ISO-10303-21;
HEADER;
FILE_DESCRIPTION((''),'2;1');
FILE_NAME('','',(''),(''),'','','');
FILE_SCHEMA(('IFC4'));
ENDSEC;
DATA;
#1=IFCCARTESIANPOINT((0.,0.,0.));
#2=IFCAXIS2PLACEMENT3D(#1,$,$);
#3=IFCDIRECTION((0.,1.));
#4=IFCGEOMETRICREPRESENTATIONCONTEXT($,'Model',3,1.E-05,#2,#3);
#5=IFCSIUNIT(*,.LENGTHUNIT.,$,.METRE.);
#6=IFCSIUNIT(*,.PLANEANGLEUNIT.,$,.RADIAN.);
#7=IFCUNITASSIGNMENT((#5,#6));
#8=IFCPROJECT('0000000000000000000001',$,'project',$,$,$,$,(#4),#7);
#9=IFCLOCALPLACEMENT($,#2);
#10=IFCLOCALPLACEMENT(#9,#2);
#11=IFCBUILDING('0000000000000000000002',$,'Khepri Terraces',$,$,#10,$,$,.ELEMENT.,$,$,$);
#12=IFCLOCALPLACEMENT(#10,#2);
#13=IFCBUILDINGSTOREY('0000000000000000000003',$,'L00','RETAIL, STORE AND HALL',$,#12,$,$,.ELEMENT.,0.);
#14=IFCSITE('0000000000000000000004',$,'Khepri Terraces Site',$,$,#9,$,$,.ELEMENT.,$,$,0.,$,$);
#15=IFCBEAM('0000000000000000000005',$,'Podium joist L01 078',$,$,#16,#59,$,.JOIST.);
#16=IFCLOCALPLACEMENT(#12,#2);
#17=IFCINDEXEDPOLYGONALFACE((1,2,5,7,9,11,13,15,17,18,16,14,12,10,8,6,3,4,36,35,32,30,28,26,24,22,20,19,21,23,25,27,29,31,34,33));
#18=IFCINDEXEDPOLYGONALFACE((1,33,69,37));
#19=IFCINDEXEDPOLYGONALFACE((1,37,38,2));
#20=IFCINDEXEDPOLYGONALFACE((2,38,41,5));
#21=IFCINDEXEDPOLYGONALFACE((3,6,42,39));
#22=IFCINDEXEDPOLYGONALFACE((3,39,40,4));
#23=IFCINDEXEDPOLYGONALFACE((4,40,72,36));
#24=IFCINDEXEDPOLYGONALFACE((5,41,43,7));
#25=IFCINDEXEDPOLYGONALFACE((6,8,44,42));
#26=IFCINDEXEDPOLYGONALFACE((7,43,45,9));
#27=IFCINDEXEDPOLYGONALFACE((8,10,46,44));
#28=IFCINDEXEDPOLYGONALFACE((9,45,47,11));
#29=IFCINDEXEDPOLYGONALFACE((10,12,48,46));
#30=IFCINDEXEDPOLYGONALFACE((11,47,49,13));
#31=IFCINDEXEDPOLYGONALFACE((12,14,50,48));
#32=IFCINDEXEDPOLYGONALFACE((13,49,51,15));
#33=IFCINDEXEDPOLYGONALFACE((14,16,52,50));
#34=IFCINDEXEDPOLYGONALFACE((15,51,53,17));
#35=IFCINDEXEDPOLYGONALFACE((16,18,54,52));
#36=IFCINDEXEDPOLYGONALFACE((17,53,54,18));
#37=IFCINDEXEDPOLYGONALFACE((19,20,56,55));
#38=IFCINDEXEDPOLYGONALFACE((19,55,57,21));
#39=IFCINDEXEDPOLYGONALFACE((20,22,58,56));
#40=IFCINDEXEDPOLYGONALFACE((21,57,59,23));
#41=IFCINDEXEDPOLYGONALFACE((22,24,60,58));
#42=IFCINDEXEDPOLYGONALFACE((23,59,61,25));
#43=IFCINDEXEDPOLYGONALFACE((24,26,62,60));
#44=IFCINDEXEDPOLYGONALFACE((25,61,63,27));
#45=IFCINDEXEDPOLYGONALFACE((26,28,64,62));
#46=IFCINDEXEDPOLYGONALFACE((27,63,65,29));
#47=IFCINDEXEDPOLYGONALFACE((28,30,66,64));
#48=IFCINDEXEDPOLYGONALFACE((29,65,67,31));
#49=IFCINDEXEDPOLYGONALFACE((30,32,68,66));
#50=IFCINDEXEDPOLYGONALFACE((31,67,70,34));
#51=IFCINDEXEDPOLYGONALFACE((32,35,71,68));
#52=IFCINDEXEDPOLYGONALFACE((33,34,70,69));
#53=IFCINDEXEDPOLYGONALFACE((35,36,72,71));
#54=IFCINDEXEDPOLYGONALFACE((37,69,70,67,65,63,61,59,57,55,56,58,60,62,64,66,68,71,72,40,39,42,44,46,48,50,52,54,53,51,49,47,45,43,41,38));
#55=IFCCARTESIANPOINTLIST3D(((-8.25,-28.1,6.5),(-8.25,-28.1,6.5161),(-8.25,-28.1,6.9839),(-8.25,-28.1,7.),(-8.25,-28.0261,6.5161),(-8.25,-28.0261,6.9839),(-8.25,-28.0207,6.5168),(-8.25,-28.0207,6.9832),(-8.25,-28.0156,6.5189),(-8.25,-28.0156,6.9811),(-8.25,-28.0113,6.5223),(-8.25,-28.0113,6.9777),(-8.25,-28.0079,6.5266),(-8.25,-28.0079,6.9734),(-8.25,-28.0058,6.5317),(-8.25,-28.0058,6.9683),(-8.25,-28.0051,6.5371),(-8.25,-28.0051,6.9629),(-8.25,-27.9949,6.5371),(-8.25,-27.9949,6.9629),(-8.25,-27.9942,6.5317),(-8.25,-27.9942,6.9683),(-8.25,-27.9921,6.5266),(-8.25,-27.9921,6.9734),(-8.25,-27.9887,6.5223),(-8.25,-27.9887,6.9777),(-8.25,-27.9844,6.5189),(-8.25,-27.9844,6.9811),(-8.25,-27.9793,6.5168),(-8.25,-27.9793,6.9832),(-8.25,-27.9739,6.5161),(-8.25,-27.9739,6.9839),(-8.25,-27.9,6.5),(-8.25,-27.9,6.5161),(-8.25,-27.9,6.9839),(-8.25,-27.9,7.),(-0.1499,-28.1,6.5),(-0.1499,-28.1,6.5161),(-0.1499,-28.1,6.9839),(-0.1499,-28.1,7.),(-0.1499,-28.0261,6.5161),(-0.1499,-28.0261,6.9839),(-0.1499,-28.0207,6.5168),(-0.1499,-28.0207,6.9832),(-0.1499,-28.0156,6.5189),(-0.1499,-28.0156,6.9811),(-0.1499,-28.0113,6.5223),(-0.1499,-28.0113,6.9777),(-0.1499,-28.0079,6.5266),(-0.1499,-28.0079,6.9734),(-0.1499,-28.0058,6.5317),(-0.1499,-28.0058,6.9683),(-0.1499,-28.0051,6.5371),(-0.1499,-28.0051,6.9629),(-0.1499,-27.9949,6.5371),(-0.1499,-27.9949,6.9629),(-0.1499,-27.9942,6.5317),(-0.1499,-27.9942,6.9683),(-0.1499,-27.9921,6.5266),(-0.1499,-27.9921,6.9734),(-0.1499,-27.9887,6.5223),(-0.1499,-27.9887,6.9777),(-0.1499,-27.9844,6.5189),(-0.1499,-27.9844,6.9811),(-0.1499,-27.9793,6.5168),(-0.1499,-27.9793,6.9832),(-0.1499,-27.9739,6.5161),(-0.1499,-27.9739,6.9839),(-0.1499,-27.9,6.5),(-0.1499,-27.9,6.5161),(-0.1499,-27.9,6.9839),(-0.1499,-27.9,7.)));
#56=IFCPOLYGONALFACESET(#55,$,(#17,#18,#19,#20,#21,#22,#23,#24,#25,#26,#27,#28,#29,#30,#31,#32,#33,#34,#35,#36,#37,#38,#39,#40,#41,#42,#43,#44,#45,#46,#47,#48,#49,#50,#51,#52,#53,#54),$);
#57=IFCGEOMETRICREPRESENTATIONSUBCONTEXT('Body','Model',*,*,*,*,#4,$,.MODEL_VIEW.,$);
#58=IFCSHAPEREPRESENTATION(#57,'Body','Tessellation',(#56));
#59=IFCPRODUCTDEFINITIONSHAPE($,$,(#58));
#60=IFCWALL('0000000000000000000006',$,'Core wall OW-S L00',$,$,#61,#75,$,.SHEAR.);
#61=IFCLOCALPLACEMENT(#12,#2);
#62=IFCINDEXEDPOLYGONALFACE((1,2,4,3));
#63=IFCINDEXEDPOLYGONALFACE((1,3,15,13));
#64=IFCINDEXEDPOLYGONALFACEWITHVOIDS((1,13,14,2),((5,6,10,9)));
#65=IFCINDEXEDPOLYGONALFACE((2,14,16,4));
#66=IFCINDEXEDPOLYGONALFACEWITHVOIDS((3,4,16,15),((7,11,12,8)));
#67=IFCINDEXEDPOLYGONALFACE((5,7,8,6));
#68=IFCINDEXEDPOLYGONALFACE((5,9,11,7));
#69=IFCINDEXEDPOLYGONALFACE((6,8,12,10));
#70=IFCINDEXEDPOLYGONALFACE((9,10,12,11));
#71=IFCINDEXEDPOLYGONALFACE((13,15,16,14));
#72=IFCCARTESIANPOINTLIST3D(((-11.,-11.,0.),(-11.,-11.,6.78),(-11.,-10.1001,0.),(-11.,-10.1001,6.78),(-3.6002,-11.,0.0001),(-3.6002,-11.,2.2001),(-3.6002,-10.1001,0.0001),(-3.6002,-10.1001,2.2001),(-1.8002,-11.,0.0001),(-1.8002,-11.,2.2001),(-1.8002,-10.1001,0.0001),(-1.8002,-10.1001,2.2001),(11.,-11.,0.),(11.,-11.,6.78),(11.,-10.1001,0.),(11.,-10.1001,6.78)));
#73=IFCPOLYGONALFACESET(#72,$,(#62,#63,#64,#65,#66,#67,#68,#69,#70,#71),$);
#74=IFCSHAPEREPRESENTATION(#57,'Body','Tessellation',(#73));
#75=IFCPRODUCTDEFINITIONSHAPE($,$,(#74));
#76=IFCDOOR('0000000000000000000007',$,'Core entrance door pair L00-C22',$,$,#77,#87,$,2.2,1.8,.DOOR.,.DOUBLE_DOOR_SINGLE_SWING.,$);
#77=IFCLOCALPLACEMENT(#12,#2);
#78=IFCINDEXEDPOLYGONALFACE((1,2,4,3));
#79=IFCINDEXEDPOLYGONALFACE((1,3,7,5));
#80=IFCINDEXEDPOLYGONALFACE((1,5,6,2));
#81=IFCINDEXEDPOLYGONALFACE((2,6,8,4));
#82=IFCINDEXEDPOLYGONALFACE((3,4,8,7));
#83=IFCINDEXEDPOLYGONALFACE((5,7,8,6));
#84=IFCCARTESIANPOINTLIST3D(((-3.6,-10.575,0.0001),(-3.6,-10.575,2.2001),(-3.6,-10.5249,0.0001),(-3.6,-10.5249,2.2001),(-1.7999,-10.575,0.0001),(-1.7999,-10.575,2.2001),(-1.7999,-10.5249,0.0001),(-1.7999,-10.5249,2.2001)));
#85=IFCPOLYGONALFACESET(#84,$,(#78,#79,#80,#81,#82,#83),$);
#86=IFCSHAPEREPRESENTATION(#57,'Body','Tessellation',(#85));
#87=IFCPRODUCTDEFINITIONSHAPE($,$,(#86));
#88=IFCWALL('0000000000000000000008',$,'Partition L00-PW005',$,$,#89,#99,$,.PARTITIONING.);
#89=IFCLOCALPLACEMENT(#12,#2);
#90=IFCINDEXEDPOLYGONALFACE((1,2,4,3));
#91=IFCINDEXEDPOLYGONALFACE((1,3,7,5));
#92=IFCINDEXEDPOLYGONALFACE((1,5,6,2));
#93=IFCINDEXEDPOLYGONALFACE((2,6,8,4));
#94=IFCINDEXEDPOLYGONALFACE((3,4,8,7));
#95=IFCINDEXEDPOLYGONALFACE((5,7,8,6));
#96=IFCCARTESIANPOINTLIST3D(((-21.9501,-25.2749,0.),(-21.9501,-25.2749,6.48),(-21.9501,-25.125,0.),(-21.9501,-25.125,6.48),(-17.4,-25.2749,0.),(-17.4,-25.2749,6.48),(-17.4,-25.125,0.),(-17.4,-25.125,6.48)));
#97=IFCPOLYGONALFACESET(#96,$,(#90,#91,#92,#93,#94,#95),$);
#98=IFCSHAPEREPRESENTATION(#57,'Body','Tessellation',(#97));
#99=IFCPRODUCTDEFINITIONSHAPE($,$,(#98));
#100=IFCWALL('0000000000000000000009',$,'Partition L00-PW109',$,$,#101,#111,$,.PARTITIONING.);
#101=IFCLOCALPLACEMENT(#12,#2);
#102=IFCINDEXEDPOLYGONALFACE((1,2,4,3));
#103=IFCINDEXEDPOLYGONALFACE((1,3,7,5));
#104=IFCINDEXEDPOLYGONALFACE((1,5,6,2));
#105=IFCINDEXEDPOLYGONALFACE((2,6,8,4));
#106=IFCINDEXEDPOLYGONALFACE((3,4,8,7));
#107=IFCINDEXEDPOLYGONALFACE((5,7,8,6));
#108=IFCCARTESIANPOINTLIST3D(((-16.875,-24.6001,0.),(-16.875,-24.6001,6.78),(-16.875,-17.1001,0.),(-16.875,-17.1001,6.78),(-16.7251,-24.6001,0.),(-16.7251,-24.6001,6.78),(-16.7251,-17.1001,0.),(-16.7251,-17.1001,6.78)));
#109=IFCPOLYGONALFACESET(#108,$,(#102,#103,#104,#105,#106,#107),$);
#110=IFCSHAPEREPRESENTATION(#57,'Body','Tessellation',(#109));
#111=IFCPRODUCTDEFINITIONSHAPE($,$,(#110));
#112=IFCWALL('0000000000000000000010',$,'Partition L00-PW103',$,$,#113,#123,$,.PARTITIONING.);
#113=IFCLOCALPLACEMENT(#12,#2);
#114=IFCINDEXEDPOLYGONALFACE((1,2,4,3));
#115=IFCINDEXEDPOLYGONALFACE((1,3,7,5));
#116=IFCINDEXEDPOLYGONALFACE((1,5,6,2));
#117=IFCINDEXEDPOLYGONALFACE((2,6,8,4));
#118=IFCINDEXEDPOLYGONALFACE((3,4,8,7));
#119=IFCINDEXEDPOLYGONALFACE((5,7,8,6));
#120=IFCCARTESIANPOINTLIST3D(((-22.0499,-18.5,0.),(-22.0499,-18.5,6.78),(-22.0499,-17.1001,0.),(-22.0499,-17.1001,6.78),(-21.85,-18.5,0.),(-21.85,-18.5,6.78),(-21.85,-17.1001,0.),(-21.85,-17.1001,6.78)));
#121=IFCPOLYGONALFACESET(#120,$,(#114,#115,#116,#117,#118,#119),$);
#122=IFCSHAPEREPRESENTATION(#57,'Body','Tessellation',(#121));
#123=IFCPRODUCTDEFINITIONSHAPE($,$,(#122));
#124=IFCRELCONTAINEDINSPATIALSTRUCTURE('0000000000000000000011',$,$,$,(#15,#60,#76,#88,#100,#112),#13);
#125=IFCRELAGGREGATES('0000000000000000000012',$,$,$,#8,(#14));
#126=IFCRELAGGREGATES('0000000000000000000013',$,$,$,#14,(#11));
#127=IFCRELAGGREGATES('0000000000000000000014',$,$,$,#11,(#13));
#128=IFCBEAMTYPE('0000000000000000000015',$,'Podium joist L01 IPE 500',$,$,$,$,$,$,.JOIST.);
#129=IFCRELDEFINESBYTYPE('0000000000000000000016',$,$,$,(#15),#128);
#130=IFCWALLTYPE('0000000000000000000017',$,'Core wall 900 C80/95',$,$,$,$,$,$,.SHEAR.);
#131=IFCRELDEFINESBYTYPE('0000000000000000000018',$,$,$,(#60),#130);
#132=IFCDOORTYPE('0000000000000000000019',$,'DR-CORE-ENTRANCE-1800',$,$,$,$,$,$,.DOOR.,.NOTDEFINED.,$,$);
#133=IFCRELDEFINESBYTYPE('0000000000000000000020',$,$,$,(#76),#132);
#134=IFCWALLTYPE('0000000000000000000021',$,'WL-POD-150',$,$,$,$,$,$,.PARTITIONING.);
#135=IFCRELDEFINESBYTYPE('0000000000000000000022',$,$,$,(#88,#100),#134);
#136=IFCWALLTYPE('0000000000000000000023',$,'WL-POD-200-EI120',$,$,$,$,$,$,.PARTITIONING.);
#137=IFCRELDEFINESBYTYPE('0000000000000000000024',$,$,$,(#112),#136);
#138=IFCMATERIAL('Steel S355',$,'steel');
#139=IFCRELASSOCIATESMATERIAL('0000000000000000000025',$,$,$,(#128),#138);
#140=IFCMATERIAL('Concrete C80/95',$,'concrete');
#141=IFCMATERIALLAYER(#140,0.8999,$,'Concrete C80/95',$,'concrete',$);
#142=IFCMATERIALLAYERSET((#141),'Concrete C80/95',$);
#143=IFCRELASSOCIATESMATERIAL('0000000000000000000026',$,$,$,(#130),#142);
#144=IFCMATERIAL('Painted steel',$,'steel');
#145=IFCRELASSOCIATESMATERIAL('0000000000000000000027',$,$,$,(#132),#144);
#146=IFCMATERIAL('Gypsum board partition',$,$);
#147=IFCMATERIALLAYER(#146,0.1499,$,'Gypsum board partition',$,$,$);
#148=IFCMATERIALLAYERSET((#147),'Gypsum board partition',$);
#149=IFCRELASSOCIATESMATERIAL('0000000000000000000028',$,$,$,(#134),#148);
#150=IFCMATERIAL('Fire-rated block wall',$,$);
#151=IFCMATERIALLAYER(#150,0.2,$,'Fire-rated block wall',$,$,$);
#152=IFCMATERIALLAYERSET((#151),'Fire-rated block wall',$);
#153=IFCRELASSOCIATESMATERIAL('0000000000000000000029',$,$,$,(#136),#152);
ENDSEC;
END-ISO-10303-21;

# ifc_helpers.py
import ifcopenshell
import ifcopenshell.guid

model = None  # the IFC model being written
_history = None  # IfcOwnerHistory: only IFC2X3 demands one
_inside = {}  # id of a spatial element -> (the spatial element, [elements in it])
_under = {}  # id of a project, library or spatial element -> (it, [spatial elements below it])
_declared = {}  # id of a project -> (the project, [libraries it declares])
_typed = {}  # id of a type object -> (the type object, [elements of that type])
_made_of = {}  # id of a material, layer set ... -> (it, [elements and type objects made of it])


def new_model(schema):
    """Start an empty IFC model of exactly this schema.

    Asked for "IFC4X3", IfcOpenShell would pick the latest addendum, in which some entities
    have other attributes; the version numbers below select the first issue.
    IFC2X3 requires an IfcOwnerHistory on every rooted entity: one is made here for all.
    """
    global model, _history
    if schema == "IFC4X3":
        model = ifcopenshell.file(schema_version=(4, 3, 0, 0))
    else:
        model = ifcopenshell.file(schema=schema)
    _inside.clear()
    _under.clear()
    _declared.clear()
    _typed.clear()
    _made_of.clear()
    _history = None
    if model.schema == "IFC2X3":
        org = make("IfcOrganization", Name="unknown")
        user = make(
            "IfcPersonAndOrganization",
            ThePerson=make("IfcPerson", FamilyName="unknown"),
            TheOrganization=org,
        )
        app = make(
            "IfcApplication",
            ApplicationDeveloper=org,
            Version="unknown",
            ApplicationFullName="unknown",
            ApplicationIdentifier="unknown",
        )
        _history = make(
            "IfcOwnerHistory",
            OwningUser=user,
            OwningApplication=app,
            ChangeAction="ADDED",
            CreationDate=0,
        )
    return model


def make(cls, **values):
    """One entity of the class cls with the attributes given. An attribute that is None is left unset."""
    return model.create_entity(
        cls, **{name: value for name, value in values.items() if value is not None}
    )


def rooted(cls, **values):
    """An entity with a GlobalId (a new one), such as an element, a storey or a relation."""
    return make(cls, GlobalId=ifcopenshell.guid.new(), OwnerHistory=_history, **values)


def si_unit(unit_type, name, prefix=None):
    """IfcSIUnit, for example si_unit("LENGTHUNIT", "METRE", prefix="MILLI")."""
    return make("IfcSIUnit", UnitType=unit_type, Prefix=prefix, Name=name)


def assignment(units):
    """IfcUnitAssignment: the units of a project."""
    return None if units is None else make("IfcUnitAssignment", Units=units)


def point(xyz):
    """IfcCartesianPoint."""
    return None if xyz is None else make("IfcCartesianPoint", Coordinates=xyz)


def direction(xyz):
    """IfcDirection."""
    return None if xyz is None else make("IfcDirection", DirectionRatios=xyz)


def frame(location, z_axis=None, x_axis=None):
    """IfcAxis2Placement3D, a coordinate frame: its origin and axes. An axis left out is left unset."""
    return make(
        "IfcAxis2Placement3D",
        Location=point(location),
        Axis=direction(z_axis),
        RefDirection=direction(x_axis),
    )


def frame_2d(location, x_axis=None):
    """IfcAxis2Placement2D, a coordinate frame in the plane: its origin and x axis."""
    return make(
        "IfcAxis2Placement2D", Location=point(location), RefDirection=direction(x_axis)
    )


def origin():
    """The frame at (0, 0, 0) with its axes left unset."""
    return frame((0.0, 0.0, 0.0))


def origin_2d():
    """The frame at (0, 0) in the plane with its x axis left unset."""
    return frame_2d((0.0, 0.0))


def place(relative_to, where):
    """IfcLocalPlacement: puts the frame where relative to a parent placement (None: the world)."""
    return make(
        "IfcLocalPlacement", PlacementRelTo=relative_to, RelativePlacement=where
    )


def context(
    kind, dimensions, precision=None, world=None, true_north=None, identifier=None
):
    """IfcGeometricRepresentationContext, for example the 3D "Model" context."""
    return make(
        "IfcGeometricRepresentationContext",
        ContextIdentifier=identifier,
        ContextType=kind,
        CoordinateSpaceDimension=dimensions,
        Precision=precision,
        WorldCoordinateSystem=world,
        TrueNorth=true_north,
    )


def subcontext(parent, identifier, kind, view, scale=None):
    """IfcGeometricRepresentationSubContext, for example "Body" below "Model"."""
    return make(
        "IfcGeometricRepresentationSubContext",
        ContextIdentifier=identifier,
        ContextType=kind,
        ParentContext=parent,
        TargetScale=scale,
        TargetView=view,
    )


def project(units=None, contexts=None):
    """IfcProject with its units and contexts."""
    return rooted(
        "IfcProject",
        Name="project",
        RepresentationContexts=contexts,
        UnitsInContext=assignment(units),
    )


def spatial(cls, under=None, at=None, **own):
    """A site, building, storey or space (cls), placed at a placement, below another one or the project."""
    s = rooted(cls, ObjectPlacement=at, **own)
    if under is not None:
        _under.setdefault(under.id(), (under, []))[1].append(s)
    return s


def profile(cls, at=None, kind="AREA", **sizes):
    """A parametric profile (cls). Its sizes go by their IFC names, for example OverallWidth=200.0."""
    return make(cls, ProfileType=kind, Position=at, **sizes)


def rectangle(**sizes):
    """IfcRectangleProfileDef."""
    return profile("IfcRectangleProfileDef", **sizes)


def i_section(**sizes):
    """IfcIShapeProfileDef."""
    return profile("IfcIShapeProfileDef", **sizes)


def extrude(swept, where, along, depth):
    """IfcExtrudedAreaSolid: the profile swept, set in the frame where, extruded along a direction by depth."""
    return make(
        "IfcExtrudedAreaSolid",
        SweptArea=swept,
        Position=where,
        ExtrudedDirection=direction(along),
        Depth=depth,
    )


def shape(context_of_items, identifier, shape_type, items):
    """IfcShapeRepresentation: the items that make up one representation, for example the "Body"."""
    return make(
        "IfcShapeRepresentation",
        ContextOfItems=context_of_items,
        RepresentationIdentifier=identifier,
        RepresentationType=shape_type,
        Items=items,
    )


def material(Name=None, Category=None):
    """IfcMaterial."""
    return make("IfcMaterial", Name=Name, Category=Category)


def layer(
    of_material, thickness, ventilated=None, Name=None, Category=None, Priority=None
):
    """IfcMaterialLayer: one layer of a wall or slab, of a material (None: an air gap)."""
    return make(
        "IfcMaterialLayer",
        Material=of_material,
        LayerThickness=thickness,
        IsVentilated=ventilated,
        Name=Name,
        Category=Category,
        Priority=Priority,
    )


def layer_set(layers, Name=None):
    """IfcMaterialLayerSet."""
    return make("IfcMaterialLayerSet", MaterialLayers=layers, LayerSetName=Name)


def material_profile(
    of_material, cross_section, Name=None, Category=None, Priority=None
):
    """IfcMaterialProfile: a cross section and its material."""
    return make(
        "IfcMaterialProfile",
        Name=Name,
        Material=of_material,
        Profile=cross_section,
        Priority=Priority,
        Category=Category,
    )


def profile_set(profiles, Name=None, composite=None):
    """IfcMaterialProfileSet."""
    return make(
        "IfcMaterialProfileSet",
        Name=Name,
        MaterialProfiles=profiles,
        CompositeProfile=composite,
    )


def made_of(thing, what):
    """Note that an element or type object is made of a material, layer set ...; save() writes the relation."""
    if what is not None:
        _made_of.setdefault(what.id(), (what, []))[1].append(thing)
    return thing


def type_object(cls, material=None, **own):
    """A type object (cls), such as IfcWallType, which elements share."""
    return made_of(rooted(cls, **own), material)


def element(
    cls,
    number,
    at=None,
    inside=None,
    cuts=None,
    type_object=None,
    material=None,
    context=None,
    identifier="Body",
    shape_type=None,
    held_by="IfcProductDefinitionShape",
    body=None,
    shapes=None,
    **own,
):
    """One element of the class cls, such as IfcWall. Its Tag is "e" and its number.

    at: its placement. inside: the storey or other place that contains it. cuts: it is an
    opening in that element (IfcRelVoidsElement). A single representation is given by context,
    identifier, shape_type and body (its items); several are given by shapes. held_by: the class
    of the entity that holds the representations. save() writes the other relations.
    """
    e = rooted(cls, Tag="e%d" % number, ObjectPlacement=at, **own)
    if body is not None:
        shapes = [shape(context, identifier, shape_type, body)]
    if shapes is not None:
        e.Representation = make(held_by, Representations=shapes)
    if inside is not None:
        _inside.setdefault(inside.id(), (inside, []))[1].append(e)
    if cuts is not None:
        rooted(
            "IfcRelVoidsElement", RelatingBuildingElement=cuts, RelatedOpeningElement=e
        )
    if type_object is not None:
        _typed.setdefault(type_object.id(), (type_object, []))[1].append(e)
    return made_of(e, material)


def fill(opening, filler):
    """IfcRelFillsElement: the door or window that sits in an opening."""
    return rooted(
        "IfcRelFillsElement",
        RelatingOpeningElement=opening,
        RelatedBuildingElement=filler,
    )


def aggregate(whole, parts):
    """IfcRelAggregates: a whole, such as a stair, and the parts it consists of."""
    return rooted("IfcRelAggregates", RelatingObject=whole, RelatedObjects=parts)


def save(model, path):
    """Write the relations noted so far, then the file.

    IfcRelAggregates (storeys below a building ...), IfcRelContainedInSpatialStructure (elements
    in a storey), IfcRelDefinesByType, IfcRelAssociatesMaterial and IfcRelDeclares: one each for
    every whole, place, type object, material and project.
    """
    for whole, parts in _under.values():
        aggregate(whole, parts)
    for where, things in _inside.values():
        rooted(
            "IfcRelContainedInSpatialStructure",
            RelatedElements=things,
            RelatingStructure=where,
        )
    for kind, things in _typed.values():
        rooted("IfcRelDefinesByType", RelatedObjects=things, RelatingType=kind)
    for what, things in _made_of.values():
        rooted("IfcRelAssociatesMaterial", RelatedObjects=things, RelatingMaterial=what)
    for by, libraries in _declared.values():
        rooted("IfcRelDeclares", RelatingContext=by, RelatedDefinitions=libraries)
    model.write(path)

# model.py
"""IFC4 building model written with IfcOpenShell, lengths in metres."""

from ifc_helpers import new_model, si_unit, direction, frame, frame_2d, origin, origin_2d, place, context, subcontext, project, spatial, rectangle, i_section, extrude, material, layer, layer_set, material_profile, profile_set, type_object, element, fill, save


model = new_model("IFC4")

# Units and contexts
model_context = context("Model", 3, precision=1e-05, world=origin(), true_north=direction((0.0, 1.0)))
body_context = subcontext(model_context, "Body", "Model", "MODEL_VIEW")
ifc_project = project(units=[si_unit("LENGTHUNIT", "METRE"), si_unit("PLANEANGLEUNIT", "RADIAN")], contexts=[model_context])

# Site, building, storey
site_placement = place(None, origin())
site = spatial("IfcSite", under=ifc_project, at=site_placement, Name="Khepri Terraces Site", CompositionType="ELEMENT", RefElevation=0.0)
building_placement = place(site_placement, origin())
building = spatial("IfcBuilding", under=site, at=building_placement, Name="Khepri Terraces", CompositionType="ELEMENT")
storey_placement = place(building_placement, origin())
storey = spatial("IfcBuildingStorey", under=building, at=storey_placement, Name="L00", Description="RETAIL, STORE AND HALL", CompositionType="ELEMENT", Elevation=0.0)

# Shared definitions
ifc_material_1 = material(Name="Concrete C80/95", Category="concrete")

# Beam
ifc_material_2 = material(Name="Steel S355", Category="steel")
ifc_material_profile_1 = material_profile(ifc_material_2, i_section(OverallWidth=0.2, OverallDepth=0.5, WebThickness=0.0103, FlangeThickness=0.0161, FilletRadius=0.021, at=origin_2d()), Name="Steel S355", Category="steel")
ifc_profile_set_1 = profile_set([ifc_material_profile_1], Name="Steel S355")
beam_type_1 = type_object("IfcBeamType", Name="Podium joist L01 IPE 500", PredefinedType="JOIST", material=ifc_profile_set_1)
beam_1_placement = place(storey_placement, frame((-8.25, -28.0, 6.75), z_axis=(1.0, 0.0, 0.0), x_axis=(0.0, 1.0, 0.0)))
element("IfcBeam", 1, at=beam_1_placement, inside=storey, type_object=beam_type_1, Name="Podium joist L01 078", PredefinedType="JOIST", context=body_context, shape_type="SweptSolid", body=[
    extrude(i_section(OverallWidth=0.2, OverallDepth=0.5, WebThickness=0.0103, FlangeThickness=0.0161, FilletRadius=0.021, at=origin_2d()), origin(), (0.0, 0.0, 1.0), 8.1001),
])

# Wall, opening, door
ifc_layer_1 = layer(ifc_material_1, 0.8999, Name="Concrete C80/95", Category="concrete")
ifc_layer_set_1 = layer_set([ifc_layer_1], Name="Concrete C80/95")
wall_type_1 = type_object("IfcWallType", Name="Core wall 900 C80/95", PredefinedType="SHEAR", material=ifc_layer_set_1)
wall_1_placement = place(storey_placement, frame((-11.0, -10.55, 0.0), z_axis=(0.0, 0.0, 1.0), x_axis=(1.0, 0.0, 0.0)))
wall_1 = element("IfcWall", 2, at=wall_1_placement, inside=storey, type_object=wall_type_1, Name="Core wall OW-S L00", PredefinedType="SHEAR", context=body_context, shape_type="SweptSolid", body=[
    extrude(rectangle(XDim=22.0, YDim=0.8999, at=frame_2d((11.0, 0.0))), origin(), (0.0, 0.0, 1.0), 6.78),
])
opening_1_placement = place(wall_1_placement, frame((7.3999, 0.0, 0.0)))
opening_1 = element("IfcOpeningElement", 3, at=opening_1_placement, cuts=wall_1, PredefinedType="OPENING", context=body_context, shape_type="SweptSolid", body=[
    extrude(rectangle(XDim=1.8, YDim=2.2, at=frame_2d((0.8999, 1.1001))), frame((0.0, 0.46, 0.0), z_axis=(0.0, -1.0, 0.0), x_axis=(1.0, 0.0, 0.0)), (0.0, 0.0, 1.0), 0.9199),
])
ifc_material_3 = material(Name="Painted steel", Category="steel")
door_type_1 = type_object("IfcDoorType", Name="DR-CORE-ENTRANCE-1800", OperationType="NOTDEFINED", PredefinedType="DOOR", material=ifc_material_3)
door_1_placement = place(opening_1_placement, frame((1.8, 0.0, 0.0), z_axis=(0.0, 0.0, 1.0), x_axis=(-1.0, 0.0, 0.0)))
door_1 = element("IfcDoor", 4, at=door_1_placement, inside=storey, type_object=door_type_1, Name="Core entrance door pair L00-C22", OperationType="DOUBLE_DOOR_SINGLE_SWING", OverallHeight=2.2, OverallWidth=1.8, PredefinedType="DOOR", context=body_context, shape_type="SweptSolid", body=[
    extrude(rectangle(XDim=1.8, YDim=2.2, at=frame_2d((0.8999, 1.1001))), frame((0.0, 0.0249, 0.0), z_axis=(0.0, -1.0, 0.0), x_axis=(1.0, 0.0, 0.0)), (0.0, 0.0, 1.0), 0.05),
])
fill(opening_1, door_1)

# Walls
ifc_material_4 = material(Name="Gypsum board partition")
ifc_layer_2 = layer(ifc_material_4, 0.1499, Name="Gypsum board partition")
ifc_layer_set_2 = layer_set([ifc_layer_2], Name="Gypsum board partition")
wall_type_2 = type_object("IfcWallType", Name="WL-POD-150", PredefinedType="PARTITIONING", material=ifc_layer_set_2)
wall_2_placement = place(storey_placement, frame((-21.95, -25.2, 0.0), z_axis=(0.0, 0.0, 1.0), x_axis=(1.0, 0.0, 0.0)))
element("IfcWall", 5, at=wall_2_placement, inside=storey, type_object=wall_type_2, Name="Partition L00-PW005", PredefinedType="PARTITIONING", context=body_context, shape_type="SweptSolid", body=[
    extrude(rectangle(XDim=4.55, YDim=0.1499, at=frame_2d((2.2749, 0.0))), origin(), (0.0, 0.0, 1.0), 6.48),
])
wall_3_placement = place(storey_placement, frame((-16.8, -24.6001, 0.0), z_axis=(0.0, 0.0, 1.0), x_axis=(0.0, 1.0, 0.0)))
element("IfcWall", 6, at=wall_3_placement, inside=storey, type_object=wall_type_2, Name="Partition L00-PW109", PredefinedType="PARTITIONING", context=body_context, shape_type="SweptSolid", body=[
    extrude(rectangle(XDim=7.5, YDim=0.1499, at=frame_2d((3.75, 0.0))), origin(), (0.0, 0.0, 1.0), 6.78),
])
ifc_material_5 = material(Name="Fire-rated block wall")
ifc_layer_3 = layer(ifc_material_5, 0.2, Name="Fire-rated block wall")
ifc_layer_set_3 = layer_set([ifc_layer_3], Name="Fire-rated block wall")
wall_type_3 = type_object("IfcWallType", Name="WL-POD-200-EI120", PredefinedType="PARTITIONING", material=ifc_layer_set_3)
wall_4_placement = place(storey_placement, frame((-21.95, -18.5, 0.0), z_axis=(0.0, 0.0, 1.0), x_axis=(0.0, 1.0, 0.0)))
element("IfcWall", 7, at=wall_4_placement, inside=storey, type_object=wall_type_3, Name="Partition L00-PW103", PredefinedType="PARTITIONING", context=body_context, shape_type="SweptSolid", body=[
    extrude(rectangle(XDim=1.3999, YDim=0.2, at=frame_2d((0.7, 0.0))), origin(), (0.0, 0.0, 1.0), 6.78),
])

save(model, "model.ifc")
